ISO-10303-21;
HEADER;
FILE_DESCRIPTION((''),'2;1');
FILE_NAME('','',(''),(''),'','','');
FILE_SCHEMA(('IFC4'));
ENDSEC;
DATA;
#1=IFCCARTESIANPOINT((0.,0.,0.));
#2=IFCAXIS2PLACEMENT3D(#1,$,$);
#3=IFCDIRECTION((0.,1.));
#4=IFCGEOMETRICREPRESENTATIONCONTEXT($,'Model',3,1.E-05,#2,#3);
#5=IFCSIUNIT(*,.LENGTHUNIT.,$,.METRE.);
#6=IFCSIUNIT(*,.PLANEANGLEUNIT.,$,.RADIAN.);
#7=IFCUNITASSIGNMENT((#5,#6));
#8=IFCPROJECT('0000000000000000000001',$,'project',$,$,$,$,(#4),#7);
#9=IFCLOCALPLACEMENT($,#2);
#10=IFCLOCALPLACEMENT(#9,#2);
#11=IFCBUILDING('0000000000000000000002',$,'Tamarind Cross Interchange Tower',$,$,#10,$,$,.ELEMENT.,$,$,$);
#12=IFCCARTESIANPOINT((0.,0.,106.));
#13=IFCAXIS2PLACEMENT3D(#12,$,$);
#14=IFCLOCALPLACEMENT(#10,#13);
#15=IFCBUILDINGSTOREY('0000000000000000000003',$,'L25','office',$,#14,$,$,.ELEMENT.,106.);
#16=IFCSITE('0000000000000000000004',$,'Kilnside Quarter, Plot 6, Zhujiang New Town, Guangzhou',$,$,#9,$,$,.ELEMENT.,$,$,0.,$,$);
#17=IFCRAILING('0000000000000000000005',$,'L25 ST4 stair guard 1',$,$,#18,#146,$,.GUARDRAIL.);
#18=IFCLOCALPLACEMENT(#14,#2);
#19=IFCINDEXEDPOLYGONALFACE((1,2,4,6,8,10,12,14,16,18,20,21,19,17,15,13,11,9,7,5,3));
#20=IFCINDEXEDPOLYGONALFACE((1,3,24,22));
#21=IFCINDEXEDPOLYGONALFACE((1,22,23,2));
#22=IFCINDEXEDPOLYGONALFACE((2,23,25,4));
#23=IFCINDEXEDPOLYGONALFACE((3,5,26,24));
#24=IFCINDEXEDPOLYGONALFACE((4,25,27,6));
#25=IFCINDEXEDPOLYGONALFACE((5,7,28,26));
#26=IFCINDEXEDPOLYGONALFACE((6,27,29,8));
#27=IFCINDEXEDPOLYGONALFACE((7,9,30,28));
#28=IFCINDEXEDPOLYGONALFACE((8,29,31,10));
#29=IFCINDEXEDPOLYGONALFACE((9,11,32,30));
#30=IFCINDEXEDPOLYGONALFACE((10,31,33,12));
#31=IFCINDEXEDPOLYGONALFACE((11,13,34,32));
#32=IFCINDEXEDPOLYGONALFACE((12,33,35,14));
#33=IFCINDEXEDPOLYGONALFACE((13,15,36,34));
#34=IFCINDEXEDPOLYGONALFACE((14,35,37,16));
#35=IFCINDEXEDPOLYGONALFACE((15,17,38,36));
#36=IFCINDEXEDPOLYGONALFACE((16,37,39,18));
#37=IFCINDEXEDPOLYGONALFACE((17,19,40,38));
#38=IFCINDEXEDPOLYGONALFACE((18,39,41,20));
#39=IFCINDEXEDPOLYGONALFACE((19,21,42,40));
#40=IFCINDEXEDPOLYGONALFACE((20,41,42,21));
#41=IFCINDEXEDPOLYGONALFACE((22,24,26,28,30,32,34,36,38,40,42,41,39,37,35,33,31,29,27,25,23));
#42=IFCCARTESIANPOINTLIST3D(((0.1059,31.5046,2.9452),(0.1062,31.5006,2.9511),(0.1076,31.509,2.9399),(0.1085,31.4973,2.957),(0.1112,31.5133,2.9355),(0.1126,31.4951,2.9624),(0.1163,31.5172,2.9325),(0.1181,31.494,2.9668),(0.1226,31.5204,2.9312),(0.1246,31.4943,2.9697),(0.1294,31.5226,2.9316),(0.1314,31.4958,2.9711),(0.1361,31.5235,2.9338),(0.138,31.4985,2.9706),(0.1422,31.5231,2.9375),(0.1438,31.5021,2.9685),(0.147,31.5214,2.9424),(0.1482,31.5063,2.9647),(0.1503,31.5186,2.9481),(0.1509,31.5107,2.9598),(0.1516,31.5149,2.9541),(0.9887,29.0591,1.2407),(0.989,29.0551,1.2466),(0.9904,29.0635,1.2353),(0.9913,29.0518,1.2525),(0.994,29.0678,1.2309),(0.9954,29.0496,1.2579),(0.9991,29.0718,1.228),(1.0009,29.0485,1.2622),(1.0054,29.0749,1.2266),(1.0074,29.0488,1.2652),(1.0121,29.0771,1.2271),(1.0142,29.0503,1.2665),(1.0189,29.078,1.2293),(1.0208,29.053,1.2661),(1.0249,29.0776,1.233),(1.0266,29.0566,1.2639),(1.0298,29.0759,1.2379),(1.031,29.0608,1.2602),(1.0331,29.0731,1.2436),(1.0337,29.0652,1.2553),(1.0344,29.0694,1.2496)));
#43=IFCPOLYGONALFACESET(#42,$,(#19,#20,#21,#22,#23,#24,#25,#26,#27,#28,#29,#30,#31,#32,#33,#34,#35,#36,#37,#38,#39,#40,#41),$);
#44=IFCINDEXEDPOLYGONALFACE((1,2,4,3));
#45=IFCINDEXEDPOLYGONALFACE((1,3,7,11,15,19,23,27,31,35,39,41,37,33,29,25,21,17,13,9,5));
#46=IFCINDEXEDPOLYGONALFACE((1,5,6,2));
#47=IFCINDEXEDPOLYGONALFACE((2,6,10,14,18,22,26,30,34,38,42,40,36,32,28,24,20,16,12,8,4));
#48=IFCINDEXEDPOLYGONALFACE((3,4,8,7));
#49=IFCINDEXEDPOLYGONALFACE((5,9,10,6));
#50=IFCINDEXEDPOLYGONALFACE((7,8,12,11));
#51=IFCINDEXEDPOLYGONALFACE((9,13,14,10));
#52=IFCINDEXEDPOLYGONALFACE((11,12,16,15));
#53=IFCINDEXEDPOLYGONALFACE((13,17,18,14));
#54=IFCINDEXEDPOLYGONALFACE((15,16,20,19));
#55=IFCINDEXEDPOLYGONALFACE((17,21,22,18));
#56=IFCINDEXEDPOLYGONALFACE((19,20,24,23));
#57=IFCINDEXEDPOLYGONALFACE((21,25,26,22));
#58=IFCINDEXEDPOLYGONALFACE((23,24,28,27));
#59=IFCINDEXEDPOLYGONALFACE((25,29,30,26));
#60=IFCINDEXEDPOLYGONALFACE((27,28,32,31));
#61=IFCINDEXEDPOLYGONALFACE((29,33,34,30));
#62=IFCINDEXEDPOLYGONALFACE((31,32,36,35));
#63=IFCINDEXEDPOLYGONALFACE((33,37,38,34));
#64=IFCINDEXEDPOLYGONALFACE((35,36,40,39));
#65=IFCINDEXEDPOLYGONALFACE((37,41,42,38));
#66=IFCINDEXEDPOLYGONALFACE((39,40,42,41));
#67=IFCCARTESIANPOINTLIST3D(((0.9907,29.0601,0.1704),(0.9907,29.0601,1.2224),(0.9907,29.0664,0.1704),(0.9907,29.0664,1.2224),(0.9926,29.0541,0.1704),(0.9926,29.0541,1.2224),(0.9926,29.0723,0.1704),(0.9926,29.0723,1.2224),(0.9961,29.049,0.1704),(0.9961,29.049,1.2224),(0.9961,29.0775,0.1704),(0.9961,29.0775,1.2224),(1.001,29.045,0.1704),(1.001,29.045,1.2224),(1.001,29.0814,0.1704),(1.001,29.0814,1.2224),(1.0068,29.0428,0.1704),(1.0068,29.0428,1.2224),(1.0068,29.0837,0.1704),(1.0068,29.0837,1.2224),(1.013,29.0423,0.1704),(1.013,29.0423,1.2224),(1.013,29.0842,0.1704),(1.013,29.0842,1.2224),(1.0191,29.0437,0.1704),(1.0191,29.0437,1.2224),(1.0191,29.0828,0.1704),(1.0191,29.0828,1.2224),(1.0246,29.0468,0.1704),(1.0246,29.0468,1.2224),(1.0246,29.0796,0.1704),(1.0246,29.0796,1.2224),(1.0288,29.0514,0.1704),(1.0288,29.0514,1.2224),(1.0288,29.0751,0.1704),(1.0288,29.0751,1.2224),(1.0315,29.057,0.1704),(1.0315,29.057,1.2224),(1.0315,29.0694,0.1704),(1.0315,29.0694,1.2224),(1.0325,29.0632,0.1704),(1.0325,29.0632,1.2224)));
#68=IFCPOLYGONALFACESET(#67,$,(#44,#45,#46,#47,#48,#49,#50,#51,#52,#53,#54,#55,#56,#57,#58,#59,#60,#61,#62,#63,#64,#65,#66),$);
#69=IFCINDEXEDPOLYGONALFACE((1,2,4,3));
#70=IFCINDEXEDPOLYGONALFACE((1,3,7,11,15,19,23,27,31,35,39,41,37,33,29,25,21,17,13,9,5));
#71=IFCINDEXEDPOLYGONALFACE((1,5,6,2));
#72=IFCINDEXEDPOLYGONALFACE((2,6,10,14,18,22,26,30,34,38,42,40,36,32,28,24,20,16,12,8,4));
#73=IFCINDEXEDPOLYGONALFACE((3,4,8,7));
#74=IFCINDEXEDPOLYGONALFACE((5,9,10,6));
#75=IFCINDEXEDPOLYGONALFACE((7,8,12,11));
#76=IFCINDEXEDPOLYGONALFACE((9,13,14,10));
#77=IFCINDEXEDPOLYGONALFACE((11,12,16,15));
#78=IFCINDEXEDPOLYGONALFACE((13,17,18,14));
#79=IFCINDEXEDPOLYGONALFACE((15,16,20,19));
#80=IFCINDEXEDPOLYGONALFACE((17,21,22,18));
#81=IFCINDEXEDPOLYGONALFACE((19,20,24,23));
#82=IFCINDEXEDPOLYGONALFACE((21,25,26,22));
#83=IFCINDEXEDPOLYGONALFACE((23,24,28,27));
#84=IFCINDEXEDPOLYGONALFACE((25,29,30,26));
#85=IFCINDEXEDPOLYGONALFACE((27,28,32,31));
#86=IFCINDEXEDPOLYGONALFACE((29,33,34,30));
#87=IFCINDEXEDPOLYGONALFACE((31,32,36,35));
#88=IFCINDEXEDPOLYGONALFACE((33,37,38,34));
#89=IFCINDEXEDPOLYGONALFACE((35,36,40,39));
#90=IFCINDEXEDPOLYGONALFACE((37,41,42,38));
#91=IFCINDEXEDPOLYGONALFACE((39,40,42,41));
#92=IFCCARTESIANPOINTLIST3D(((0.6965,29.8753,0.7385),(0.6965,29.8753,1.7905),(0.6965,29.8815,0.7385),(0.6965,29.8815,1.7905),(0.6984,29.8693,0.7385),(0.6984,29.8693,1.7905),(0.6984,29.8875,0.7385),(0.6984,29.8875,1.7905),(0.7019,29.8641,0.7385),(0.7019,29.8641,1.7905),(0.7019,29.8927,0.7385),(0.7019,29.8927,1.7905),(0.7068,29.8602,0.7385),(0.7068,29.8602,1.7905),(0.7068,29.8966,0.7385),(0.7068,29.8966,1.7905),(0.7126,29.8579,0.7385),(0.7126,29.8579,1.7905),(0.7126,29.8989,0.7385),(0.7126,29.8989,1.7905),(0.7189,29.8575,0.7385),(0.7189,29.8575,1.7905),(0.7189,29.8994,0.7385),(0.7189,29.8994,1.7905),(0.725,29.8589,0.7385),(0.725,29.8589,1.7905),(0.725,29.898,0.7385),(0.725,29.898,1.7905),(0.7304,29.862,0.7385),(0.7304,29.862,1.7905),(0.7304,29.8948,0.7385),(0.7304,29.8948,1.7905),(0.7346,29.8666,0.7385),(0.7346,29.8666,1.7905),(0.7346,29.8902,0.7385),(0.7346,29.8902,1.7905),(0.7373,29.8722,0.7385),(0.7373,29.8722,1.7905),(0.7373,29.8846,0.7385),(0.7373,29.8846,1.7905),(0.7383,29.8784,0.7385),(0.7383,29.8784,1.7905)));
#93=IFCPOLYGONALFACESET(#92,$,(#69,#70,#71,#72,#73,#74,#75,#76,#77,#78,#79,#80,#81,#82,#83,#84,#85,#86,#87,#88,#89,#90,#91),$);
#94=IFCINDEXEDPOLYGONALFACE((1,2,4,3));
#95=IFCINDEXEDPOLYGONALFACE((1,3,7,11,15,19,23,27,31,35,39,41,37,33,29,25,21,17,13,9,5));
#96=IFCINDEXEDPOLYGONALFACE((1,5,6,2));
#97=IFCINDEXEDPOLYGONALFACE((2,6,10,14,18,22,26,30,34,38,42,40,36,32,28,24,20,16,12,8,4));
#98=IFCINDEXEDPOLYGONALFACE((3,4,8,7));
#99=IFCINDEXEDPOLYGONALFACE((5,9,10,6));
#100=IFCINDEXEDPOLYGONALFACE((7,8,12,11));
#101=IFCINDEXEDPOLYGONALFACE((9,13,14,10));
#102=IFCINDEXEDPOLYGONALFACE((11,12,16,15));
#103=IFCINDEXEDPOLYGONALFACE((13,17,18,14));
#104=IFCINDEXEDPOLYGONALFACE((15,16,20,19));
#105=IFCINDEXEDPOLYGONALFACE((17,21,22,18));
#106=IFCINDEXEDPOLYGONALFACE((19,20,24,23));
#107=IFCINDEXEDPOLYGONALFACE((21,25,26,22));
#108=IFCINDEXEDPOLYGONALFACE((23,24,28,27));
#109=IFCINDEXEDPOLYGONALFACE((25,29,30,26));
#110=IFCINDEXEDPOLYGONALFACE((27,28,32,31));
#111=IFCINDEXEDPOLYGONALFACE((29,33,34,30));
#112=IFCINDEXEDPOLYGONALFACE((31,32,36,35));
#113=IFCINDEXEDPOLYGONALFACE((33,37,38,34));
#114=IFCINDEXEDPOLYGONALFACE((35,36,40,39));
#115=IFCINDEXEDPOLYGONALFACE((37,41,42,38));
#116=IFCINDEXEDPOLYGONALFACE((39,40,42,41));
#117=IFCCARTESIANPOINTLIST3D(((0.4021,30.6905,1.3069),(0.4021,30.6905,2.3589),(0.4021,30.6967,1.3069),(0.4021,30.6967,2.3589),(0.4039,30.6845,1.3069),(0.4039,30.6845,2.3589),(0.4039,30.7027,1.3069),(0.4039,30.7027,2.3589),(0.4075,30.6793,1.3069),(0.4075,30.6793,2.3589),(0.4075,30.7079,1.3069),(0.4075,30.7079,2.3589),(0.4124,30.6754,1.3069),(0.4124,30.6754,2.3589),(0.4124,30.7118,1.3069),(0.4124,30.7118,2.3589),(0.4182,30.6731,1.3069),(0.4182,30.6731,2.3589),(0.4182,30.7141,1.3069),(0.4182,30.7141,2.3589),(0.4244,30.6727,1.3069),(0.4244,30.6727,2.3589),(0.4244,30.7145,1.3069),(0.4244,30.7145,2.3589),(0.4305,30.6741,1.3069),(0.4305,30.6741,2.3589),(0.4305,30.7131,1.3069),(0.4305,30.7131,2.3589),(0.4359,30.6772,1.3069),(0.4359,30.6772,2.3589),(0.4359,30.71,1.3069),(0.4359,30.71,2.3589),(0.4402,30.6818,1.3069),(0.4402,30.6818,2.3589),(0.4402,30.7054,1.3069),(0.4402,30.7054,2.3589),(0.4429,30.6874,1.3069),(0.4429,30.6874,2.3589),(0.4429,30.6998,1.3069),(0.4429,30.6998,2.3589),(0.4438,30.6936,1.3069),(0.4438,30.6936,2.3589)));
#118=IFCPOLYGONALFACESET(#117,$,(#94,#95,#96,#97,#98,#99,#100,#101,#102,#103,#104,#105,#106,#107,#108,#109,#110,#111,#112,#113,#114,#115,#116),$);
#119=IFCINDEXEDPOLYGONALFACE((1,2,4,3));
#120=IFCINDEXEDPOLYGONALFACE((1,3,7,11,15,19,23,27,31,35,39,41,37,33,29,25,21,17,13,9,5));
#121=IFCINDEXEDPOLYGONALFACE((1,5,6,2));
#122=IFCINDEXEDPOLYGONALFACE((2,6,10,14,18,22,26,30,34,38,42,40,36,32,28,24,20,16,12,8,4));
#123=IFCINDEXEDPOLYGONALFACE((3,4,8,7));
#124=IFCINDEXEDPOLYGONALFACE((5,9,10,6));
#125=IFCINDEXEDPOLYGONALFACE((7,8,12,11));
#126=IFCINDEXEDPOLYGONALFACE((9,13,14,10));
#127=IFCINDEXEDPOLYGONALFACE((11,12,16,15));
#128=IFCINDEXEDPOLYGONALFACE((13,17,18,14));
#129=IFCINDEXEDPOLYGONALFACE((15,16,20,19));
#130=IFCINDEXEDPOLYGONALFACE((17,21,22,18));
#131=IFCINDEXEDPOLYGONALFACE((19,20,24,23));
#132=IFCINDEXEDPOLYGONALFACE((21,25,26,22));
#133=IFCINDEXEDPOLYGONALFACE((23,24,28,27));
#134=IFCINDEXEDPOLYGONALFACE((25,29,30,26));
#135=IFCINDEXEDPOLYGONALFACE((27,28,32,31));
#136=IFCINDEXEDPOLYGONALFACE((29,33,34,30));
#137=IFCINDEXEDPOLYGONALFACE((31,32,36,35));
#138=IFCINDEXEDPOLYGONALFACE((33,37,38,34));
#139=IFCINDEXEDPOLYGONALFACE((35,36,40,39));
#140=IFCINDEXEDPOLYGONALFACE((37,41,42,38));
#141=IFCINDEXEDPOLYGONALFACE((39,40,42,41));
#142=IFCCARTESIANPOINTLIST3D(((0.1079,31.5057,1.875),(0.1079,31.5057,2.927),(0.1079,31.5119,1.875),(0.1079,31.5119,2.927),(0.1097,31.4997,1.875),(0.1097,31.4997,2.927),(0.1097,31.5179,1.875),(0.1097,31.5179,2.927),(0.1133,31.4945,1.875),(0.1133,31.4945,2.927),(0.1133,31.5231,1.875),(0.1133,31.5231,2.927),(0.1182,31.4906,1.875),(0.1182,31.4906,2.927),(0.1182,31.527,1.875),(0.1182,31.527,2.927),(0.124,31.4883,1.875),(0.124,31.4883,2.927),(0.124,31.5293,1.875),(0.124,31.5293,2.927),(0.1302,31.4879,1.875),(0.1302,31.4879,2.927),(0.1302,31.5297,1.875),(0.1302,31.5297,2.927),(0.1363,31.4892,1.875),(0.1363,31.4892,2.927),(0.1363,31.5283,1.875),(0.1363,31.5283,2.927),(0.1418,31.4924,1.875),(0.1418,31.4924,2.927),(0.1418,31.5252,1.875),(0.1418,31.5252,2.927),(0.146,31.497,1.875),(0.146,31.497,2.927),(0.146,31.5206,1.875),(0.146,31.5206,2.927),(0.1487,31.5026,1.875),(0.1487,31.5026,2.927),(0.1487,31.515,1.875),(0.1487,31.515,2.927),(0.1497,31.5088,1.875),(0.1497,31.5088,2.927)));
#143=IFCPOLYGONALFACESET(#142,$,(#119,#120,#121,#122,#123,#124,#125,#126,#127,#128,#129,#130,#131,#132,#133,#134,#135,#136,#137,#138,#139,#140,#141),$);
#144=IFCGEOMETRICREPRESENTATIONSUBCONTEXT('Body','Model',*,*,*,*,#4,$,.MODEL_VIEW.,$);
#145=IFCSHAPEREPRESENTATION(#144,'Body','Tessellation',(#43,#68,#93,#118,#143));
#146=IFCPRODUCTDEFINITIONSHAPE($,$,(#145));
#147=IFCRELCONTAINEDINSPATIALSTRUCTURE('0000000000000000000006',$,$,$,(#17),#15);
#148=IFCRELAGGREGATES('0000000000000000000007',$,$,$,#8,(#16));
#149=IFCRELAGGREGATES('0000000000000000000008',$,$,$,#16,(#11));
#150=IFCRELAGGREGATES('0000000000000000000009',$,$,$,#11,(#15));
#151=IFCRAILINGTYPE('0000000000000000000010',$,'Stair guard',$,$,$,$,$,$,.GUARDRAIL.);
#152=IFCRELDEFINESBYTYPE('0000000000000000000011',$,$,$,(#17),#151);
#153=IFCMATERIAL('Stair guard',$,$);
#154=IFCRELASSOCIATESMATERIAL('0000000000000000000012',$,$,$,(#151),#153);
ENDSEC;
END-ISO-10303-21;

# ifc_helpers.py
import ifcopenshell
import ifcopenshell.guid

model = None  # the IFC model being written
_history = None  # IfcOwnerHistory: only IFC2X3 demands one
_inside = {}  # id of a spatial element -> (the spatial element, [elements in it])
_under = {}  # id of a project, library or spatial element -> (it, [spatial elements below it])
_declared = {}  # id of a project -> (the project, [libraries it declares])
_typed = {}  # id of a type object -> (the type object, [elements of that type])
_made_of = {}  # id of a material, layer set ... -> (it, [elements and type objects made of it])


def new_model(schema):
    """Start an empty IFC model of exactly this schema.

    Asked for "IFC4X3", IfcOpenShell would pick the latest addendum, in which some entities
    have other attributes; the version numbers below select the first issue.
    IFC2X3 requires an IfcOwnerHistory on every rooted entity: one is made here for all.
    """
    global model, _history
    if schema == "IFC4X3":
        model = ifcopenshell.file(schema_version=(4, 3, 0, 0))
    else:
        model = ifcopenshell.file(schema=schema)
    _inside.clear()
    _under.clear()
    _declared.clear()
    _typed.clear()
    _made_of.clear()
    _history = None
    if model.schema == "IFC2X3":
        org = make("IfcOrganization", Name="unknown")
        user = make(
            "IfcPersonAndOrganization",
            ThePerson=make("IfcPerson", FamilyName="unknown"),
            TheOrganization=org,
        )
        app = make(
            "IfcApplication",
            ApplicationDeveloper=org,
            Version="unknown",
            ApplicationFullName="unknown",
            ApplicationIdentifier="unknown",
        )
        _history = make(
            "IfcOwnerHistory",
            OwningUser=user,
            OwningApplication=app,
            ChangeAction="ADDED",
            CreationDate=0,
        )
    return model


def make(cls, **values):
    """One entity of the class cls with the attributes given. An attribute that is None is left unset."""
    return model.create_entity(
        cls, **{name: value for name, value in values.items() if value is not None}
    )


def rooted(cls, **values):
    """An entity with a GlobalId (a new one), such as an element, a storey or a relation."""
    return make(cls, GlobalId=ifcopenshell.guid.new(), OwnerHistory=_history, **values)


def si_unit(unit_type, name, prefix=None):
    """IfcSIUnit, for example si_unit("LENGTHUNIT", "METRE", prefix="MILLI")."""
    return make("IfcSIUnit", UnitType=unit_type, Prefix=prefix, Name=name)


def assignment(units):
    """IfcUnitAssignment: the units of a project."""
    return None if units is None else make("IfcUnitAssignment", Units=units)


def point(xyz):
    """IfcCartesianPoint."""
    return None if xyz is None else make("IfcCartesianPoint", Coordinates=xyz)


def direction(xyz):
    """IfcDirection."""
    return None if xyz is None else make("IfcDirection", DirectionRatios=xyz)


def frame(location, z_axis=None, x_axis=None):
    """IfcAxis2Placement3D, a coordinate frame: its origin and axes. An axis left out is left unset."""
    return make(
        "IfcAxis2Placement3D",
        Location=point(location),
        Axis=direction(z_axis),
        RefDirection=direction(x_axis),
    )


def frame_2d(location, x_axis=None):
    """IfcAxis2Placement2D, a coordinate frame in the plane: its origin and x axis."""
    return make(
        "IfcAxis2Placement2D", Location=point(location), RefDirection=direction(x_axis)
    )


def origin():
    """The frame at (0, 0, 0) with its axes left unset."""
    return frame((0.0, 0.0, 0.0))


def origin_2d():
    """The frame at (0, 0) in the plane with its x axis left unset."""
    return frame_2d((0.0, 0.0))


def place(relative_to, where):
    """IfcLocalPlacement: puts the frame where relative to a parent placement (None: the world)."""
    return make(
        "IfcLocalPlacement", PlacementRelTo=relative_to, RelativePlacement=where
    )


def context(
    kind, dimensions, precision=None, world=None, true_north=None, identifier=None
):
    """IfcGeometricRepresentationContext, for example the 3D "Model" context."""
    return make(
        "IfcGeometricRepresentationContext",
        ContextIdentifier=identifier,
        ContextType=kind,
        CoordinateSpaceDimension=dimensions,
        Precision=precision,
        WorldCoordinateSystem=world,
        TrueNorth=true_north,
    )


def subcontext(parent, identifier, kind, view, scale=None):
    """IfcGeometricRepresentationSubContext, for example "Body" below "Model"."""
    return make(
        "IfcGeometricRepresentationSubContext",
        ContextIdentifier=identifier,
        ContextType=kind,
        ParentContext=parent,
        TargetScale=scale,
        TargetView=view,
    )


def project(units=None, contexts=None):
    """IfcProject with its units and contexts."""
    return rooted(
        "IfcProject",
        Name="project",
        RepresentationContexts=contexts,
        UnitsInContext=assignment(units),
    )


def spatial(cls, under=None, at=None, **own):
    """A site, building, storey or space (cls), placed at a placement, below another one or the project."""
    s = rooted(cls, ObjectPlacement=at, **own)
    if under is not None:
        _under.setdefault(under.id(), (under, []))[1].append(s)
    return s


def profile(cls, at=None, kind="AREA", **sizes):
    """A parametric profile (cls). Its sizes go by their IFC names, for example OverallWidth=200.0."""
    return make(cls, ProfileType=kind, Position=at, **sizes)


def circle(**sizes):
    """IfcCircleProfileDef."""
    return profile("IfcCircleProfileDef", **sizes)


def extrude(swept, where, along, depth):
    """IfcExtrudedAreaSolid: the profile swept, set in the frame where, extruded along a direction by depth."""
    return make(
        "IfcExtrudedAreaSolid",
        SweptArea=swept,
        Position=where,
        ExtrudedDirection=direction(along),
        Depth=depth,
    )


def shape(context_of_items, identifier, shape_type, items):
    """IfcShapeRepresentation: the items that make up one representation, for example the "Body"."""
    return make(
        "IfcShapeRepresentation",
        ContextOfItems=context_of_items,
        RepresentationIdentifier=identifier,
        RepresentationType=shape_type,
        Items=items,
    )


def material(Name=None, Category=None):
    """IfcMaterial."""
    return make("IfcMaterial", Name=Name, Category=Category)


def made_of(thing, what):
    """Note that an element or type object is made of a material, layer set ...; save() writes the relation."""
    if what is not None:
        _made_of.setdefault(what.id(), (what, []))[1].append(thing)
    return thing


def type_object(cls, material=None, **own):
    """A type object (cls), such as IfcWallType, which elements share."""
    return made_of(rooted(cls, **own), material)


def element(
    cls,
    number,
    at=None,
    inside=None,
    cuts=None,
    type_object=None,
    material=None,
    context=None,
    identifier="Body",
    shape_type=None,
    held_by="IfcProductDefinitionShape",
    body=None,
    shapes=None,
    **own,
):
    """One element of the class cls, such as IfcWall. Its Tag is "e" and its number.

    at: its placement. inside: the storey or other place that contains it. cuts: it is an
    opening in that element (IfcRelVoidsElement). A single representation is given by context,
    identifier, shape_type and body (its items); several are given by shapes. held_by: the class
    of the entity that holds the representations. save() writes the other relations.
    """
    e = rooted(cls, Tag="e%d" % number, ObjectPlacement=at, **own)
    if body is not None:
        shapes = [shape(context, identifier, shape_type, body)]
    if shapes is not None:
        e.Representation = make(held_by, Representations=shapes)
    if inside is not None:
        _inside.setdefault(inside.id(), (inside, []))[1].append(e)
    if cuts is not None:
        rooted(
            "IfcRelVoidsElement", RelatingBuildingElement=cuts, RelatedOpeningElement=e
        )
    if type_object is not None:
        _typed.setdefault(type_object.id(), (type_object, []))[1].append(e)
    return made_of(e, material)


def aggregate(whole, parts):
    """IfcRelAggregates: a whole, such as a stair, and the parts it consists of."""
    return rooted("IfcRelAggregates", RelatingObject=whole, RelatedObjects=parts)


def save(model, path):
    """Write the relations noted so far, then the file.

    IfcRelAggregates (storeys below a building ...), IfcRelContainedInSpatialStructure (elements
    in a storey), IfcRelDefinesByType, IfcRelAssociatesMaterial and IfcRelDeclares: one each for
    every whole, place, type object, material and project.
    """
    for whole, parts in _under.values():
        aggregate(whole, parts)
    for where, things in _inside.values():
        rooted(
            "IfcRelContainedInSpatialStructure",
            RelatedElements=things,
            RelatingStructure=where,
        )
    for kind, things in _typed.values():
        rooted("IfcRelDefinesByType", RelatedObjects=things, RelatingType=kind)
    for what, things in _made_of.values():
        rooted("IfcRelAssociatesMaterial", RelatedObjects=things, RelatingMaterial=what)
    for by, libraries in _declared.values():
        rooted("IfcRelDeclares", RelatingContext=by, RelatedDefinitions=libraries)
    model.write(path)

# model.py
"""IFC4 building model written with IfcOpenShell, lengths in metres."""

from ifc_helpers import new_model, si_unit, direction, frame, origin, origin_2d, place, context, subcontext, project, spatial, circle, extrude, material, type_object, element, save


model = new_model("IFC4")

# Units and contexts
model_context = context("Model", 3, precision=1e-05, world=origin(), true_north=direction((0.0, 1.0)))
body_context = subcontext(model_context, "Body", "Model", "MODEL_VIEW")
ifc_project = project(units=[si_unit("LENGTHUNIT", "METRE"), si_unit("PLANEANGLEUNIT", "RADIAN")], contexts=[model_context])

# Site, building, storey
site_placement = place(None, origin())
site = spatial("IfcSite", under=ifc_project, at=site_placement, Name="Kilnside Quarter, Plot 6, Zhujiang New Town, Guangzhou", CompositionType="ELEMENT", RefElevation=0.0)
building_placement = place(site_placement, origin())
building = spatial("IfcBuilding", under=site, at=building_placement, Name="Tamarind Cross Interchange Tower", CompositionType="ELEMENT")
storey_placement = place(building_placement, frame((0.0, 0.0, 106.0)))
storey = spatial("IfcBuildingStorey", under=building, at=storey_placement, Name="L25", Description="office", CompositionType="ELEMENT", Elevation=106.0)

# Railing
ifc_material_1 = material(Name="Stair guard")
railing_type_1 = type_object("IfcRailingType", Name="Stair guard", PredefinedType="GUARDRAIL", material=ifc_material_1)
railing_1_placement = place(storey_placement, frame((1.0115, 29.0632, 0.1704)))
element("IfcRailing", 1, at=railing_1_placement, inside=storey, type_object=railing_type_1, Name="L25 ST4 stair guard 1", PredefinedType="GUARDRAIL", context=body_context, shape_type="SweptSolid", body=[
    extrude(circle(Radius=0.0239, at=origin_2d()), frame((0.0, 0.0, 1.0762), z_axis=(-0.283956, 0.786612, 0.54828), x_axis=(-0.940591, -0.339541, 0.0)), (0.0, 0.0, 1.0), 3.1089),
    extrude(circle(Radius=0.021, at=origin_2d()), origin(), (0.0, 0.0, 1.0), 1.052),
    extrude(circle(Radius=0.021, at=origin_2d()), frame((-0.2942, 0.8152, 0.5681)), (0.0, 0.0, 1.0), 1.052),
    extrude(circle(Radius=0.021, at=origin_2d()), frame((-0.5886, 1.6304, 1.1365)), (0.0, 0.0, 1.0), 1.052),
    extrude(circle(Radius=0.021, at=origin_2d()), frame((-0.8828, 2.4456, 1.7046)), (0.0, 0.0, 1.0), 1.052),
])

save(model, "model.ifc")
